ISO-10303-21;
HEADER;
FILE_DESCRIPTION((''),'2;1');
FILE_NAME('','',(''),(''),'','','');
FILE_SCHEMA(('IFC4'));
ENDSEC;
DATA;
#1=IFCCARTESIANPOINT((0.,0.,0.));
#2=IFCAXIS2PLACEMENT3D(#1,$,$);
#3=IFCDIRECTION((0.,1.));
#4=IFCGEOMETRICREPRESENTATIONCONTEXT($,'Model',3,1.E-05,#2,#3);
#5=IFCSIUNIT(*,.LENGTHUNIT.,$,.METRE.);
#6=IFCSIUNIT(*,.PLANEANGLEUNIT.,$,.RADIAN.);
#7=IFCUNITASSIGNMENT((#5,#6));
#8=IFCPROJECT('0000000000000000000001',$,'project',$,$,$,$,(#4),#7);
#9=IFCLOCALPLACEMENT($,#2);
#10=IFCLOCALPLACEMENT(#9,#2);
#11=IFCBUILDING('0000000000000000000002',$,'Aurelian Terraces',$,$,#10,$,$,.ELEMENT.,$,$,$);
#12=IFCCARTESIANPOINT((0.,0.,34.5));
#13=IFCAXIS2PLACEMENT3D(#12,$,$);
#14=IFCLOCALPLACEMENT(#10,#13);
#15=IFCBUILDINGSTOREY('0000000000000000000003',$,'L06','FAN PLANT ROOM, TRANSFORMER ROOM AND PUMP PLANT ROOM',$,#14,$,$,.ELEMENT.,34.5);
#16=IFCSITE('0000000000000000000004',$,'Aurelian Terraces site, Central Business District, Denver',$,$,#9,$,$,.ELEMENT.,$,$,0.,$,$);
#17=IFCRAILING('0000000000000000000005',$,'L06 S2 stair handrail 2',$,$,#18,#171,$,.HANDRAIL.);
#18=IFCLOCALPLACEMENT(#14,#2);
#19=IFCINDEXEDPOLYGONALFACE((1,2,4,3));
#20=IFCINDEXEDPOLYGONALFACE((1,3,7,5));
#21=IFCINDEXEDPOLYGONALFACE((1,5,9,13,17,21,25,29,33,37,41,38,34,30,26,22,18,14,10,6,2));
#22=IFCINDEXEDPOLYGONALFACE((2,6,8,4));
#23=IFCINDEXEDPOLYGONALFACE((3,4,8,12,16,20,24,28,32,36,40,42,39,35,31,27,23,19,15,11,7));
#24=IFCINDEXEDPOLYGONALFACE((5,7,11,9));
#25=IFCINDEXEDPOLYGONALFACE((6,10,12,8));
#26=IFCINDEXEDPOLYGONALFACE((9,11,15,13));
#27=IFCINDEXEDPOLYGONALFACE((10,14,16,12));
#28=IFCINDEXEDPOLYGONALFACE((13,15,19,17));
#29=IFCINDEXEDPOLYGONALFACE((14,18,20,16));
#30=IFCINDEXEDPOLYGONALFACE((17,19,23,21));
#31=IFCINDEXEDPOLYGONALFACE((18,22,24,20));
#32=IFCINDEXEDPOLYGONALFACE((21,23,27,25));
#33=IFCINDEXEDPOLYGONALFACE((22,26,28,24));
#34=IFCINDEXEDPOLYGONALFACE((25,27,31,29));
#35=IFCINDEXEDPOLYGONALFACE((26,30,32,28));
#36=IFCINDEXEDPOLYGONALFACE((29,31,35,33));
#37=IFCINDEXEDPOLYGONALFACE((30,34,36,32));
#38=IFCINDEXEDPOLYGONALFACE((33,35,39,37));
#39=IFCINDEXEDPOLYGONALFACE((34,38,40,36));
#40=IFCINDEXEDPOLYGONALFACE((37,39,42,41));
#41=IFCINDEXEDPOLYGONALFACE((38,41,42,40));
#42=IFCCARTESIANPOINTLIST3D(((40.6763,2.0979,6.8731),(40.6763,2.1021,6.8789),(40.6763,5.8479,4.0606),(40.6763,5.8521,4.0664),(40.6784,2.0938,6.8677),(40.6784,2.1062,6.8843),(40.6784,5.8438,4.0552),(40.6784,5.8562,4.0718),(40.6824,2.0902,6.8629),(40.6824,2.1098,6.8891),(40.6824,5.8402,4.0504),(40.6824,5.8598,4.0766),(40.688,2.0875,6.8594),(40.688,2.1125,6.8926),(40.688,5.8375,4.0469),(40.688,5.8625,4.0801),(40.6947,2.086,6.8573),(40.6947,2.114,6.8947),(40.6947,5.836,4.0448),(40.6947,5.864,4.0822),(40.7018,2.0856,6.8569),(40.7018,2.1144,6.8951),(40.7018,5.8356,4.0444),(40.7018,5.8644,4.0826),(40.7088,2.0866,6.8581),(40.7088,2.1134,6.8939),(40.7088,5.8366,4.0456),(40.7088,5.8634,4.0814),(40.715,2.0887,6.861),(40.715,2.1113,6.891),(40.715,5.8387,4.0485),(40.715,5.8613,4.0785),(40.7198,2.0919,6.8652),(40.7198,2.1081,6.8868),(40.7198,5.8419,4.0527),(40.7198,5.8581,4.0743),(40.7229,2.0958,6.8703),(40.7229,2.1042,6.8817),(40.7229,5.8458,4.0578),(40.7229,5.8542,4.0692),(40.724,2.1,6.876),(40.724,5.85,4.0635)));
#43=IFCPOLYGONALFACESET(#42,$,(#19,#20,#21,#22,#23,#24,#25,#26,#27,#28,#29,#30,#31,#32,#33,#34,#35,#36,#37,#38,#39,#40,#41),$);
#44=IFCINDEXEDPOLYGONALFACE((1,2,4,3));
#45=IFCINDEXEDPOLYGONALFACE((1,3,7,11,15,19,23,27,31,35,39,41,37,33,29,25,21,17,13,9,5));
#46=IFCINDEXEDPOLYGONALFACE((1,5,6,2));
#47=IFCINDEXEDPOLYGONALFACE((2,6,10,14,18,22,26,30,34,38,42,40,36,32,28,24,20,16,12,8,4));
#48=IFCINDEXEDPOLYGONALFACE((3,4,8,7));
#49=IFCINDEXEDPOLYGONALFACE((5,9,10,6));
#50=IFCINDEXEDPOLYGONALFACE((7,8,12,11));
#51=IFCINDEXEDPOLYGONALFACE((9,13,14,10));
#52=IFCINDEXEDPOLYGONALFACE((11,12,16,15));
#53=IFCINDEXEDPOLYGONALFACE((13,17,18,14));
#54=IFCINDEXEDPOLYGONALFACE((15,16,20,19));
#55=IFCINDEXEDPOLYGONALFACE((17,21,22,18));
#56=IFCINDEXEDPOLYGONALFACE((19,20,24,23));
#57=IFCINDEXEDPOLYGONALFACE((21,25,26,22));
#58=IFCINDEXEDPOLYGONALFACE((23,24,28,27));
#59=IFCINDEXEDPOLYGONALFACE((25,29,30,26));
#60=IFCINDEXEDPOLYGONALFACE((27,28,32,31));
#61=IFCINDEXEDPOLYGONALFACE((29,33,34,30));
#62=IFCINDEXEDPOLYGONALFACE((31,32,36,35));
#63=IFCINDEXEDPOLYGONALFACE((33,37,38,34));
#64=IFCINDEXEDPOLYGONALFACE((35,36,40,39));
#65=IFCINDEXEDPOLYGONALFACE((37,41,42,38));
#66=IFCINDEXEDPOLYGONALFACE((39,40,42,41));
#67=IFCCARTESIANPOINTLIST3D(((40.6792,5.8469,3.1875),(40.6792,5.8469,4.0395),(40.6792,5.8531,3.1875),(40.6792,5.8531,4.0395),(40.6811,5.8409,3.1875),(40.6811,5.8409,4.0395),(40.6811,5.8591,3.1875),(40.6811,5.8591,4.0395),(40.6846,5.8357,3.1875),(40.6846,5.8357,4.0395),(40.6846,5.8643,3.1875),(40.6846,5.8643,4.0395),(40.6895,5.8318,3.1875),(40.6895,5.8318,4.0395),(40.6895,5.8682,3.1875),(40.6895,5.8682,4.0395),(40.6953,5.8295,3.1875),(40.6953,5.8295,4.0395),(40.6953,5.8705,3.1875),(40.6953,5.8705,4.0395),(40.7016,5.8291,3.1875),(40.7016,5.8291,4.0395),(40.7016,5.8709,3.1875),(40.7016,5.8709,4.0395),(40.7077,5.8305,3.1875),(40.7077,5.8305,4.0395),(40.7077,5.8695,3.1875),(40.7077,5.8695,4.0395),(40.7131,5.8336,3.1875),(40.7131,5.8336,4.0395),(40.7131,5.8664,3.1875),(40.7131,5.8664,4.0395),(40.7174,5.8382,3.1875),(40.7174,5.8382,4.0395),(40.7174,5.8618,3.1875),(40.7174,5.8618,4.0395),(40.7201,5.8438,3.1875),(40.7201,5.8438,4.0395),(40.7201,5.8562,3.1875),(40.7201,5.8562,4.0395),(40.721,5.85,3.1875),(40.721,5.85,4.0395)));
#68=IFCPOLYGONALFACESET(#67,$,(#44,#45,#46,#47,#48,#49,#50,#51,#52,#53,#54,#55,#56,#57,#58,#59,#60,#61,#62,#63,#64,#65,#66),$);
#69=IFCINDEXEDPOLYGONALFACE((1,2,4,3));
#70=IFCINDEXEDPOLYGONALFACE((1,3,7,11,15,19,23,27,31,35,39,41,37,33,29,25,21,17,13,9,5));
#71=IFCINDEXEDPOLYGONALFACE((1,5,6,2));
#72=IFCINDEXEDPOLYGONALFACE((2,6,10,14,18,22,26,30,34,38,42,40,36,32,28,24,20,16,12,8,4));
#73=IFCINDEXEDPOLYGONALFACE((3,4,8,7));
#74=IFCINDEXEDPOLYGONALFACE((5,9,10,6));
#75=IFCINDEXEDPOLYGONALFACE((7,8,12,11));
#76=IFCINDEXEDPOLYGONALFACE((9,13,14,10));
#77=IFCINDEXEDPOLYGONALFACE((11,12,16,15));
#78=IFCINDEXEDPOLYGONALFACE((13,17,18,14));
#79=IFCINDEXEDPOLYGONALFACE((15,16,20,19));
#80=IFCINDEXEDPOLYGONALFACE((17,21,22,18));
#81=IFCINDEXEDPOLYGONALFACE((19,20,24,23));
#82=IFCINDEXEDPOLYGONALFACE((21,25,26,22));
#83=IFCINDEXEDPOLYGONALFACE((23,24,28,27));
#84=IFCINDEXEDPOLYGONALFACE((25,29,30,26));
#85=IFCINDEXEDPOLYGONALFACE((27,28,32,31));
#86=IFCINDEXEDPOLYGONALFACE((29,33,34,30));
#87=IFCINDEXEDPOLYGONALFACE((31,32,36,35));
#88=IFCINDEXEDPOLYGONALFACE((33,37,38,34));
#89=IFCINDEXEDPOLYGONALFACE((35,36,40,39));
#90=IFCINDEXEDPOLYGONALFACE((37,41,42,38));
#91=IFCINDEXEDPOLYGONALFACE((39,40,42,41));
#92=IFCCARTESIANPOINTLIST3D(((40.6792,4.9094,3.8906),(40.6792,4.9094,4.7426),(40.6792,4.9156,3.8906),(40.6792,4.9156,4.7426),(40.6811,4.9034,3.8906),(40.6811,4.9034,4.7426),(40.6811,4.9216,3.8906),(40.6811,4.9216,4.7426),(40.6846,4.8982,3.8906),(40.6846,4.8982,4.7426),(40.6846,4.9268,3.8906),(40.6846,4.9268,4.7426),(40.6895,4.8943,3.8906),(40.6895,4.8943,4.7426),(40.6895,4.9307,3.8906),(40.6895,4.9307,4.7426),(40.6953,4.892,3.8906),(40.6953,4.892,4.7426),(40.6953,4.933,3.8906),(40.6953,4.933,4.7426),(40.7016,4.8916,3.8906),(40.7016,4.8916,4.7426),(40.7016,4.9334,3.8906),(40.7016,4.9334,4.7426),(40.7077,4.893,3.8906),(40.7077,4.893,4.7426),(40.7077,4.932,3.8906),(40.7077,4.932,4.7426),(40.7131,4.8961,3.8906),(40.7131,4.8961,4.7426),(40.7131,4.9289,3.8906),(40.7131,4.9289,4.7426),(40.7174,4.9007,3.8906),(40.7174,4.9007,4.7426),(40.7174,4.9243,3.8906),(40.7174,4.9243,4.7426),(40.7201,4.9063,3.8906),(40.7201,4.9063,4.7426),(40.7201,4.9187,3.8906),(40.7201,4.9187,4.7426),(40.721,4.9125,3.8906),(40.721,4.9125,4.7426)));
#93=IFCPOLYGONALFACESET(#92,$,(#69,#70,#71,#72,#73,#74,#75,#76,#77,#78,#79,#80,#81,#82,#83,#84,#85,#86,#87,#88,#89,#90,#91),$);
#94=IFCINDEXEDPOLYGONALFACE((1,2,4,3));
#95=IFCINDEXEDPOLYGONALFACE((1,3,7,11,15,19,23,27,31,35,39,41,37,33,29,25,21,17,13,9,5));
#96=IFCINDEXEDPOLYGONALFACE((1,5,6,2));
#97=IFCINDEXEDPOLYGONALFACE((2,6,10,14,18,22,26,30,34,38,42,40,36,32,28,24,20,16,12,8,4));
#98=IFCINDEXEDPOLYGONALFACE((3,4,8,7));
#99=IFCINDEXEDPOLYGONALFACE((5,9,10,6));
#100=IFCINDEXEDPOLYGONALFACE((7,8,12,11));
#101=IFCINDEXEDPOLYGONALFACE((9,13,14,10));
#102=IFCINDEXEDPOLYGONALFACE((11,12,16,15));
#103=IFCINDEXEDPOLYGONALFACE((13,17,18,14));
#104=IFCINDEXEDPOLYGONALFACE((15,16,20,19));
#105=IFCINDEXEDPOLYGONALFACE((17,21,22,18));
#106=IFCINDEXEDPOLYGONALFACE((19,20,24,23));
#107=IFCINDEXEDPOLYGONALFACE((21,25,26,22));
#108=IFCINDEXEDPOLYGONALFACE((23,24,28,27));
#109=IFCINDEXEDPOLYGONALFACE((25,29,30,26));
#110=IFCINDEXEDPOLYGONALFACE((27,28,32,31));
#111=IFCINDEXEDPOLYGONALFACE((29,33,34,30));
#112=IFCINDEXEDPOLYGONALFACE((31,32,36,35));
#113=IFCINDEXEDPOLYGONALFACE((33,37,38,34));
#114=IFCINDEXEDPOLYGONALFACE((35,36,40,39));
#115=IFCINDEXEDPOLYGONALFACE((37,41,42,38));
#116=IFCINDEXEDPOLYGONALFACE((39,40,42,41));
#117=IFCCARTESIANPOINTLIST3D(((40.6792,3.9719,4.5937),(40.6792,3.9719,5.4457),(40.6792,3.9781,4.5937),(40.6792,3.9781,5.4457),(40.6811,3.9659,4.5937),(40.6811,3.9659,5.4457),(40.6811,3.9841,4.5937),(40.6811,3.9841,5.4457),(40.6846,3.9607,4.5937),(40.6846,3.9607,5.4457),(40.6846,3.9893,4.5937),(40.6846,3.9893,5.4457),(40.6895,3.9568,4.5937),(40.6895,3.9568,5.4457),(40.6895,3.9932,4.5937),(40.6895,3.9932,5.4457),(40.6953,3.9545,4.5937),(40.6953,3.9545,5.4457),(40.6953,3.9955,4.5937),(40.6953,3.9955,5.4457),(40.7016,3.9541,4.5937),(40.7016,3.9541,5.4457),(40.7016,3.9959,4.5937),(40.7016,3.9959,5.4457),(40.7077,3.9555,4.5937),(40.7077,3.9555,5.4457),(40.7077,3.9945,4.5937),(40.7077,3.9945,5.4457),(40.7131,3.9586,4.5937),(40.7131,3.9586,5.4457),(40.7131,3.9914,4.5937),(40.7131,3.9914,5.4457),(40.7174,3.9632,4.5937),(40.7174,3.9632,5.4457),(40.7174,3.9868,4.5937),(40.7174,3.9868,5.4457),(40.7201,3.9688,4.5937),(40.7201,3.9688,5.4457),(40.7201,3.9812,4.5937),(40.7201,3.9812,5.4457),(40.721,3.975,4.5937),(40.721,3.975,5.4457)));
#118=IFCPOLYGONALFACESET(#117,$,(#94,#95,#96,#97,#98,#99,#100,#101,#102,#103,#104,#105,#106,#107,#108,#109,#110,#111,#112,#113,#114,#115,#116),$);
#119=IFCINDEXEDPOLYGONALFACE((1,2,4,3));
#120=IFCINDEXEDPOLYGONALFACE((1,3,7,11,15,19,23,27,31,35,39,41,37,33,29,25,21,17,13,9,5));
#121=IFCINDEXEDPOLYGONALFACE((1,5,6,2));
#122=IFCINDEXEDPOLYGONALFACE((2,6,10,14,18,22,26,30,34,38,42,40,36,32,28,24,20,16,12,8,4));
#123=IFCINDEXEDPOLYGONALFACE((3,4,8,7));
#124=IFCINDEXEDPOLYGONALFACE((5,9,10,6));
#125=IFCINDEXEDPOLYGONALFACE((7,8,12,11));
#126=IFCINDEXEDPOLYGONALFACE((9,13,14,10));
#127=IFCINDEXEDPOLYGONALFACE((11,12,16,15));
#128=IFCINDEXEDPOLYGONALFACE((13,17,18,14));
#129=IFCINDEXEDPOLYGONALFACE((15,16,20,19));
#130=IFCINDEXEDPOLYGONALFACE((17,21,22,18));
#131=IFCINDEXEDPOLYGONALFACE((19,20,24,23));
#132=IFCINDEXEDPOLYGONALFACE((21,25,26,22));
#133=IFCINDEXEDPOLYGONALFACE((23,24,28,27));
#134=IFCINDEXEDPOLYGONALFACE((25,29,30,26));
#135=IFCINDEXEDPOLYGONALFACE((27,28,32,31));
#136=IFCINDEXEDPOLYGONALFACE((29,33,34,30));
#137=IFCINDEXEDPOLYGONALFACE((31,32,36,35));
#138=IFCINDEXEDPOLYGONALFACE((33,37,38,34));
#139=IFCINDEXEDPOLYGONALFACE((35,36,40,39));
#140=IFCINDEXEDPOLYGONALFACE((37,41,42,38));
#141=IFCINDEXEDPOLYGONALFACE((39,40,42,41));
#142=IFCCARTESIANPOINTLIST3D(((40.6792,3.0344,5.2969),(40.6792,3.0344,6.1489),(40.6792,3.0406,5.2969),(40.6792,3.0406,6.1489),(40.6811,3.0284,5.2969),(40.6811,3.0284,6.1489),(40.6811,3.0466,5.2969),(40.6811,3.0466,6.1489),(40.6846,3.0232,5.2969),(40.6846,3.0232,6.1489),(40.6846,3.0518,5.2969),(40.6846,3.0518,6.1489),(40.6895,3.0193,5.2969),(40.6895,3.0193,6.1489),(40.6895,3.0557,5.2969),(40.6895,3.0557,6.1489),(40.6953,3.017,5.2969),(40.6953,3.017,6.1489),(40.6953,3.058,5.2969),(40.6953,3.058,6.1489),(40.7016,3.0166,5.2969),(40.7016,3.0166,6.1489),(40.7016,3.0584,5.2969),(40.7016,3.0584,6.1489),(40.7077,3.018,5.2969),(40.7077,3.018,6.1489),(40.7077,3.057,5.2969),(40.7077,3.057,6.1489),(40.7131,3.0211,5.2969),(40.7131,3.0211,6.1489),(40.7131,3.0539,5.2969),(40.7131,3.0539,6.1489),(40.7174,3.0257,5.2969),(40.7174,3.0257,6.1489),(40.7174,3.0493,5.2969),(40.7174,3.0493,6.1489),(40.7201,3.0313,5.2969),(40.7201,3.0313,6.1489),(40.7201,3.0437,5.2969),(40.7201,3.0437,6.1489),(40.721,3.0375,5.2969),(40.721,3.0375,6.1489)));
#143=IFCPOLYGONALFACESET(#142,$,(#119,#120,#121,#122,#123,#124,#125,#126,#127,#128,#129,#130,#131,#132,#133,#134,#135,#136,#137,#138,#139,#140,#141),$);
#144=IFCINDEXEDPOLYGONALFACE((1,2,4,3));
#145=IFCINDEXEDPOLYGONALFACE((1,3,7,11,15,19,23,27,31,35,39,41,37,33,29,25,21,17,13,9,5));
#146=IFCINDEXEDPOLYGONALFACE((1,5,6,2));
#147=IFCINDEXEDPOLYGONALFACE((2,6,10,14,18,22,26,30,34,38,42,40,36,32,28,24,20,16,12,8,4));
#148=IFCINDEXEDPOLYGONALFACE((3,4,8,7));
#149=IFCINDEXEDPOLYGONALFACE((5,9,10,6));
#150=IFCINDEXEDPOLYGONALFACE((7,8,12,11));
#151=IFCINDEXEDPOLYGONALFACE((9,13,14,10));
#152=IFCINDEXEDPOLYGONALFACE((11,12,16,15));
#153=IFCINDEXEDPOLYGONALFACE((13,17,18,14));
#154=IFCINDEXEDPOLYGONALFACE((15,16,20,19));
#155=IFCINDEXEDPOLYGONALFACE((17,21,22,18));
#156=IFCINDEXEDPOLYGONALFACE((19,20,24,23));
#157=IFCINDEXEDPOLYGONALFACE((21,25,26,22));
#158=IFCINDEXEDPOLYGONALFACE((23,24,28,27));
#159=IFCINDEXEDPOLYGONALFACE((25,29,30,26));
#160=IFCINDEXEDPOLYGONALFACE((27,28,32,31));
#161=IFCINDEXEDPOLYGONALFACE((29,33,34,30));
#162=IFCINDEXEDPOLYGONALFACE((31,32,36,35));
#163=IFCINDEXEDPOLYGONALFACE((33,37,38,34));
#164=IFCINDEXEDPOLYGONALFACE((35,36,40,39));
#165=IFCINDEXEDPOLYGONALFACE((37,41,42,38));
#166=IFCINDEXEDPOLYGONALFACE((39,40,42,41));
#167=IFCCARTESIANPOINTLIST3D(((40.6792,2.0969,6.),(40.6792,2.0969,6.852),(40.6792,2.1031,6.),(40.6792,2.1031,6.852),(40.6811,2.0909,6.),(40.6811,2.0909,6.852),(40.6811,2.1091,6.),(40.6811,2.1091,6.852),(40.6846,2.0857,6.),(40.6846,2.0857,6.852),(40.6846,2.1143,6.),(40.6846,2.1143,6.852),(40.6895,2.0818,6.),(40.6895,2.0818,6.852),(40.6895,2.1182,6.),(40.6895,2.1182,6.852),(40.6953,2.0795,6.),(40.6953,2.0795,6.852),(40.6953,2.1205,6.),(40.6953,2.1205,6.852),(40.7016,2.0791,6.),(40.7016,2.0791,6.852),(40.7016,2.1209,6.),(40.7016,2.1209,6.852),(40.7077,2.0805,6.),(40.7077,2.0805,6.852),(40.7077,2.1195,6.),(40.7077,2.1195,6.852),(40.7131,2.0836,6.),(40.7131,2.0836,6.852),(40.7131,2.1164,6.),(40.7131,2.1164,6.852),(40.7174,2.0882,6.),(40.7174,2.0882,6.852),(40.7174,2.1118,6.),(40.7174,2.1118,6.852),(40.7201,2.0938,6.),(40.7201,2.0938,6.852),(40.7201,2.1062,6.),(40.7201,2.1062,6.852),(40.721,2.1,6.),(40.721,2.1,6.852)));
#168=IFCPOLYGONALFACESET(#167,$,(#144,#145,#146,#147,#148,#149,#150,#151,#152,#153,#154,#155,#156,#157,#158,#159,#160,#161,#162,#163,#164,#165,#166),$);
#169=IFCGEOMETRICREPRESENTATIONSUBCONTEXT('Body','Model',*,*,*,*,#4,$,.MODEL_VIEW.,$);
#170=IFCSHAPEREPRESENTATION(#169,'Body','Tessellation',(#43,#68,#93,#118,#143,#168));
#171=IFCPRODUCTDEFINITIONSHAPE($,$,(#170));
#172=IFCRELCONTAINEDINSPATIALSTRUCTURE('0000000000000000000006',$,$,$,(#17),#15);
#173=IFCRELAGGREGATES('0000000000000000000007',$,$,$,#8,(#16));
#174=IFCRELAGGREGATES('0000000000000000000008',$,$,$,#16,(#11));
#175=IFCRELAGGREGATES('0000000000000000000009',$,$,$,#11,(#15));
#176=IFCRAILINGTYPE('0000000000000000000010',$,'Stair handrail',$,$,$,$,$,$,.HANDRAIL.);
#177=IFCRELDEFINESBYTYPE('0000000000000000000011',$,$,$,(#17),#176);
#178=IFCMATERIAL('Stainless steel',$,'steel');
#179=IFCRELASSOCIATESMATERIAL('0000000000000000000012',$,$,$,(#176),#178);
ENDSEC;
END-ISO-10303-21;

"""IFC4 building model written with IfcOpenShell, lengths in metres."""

from ifc_helpers import new_model, si_unit, direction, frame, origin, origin_2d, place, context, subcontext, project, spatial, circle, extrude, source, transform, mapped, material, type_object, element, save


model = new_model("IFC4")

# Units and contexts
model_context = context("Model", 3, precision=1e-05, world=origin(), true_north=direction((0.0, 1.0)))
body_context = subcontext(model_context, "Body", "Model", "MODEL_VIEW")
ifc_project = project(units=[si_unit("LENGTHUNIT", "METRE"), si_unit("PLANEANGLEUNIT", "RADIAN")], contexts=[model_context])

# Site, building, storey
site_placement = place(None, origin())
site = spatial("IfcSite", under=ifc_project, at=site_placement, Name="Aurelian Terraces site, Central Business District, Denver", CompositionType="ELEMENT", RefElevation=0.0)
building_placement = place(site_placement, origin())
building = spatial("IfcBuilding", under=site, at=building_placement, Name="Aurelian Terraces", CompositionType="ELEMENT")
storey_placement = place(building_placement, frame((0.0, 0.0, 34.5)))
storey = spatial("IfcBuildingStorey", under=building, at=storey_placement, Name="L06", Description="FAN PLANT ROOM, TRANSFORMER ROOM AND PUMP PLANT ROOM", CompositionType="ELEMENT", Elevation=34.5)

# Railing
ifc_material_1 = material(Name="Stainless steel", Category="steel")
railing_type_1 = type_object("IfcRailingType", Name="Stair handrail", PredefinedType="HANDRAIL", material=ifc_material_1)
shared_shape_1 = source(origin(), body_context, "Body", "SweptSolid", [
    extrude(circle(Radius=0.024, at=origin_2d()), frame((0.0, 0.0, 0.876), z_axis=(0.0, -0.8, 0.6), x_axis=(1.0, 0.0, 0.0)), (0.0, 0.0, 1.0), 4.6875),
    extrude(circle(Radius=0.021, at=origin_2d()), origin(), (0.0, 0.0, 1.0), 0.852),
    extrude(circle(Radius=0.021, at=origin_2d()), frame((0.0, -0.9375, 0.7031)), (0.0, 0.0, 1.0), 0.852),
    extrude(circle(Radius=0.021, at=origin_2d()), frame((0.0, -1.875, 1.4062)), (0.0, 0.0, 1.0), 0.852),
    extrude(circle(Radius=0.021, at=origin_2d()), frame((0.0, -2.8125, 2.1094)), (0.0, 0.0, 1.0), 0.852),
    extrude(circle(Radius=0.021, at=origin_2d()), frame((0.0, -3.75, 2.8125)), (0.0, 0.0, 1.0), 0.852),
])
railing_1_placement = place(storey_placement, frame((40.7, 5.85, 3.1875)))
element("IfcRailing", 1, at=railing_1_placement, inside=storey, type_object=railing_type_1, Name="L06 S2 stair handrail 2", PredefinedType="HANDRAIL", context=body_context, shape_type="MappedRepresentation", body=[
    mapped(shared_shape_1, transform((0.0, 0.0, 0.0), scale=1.0)),
])

save(model, "model.ifc")
